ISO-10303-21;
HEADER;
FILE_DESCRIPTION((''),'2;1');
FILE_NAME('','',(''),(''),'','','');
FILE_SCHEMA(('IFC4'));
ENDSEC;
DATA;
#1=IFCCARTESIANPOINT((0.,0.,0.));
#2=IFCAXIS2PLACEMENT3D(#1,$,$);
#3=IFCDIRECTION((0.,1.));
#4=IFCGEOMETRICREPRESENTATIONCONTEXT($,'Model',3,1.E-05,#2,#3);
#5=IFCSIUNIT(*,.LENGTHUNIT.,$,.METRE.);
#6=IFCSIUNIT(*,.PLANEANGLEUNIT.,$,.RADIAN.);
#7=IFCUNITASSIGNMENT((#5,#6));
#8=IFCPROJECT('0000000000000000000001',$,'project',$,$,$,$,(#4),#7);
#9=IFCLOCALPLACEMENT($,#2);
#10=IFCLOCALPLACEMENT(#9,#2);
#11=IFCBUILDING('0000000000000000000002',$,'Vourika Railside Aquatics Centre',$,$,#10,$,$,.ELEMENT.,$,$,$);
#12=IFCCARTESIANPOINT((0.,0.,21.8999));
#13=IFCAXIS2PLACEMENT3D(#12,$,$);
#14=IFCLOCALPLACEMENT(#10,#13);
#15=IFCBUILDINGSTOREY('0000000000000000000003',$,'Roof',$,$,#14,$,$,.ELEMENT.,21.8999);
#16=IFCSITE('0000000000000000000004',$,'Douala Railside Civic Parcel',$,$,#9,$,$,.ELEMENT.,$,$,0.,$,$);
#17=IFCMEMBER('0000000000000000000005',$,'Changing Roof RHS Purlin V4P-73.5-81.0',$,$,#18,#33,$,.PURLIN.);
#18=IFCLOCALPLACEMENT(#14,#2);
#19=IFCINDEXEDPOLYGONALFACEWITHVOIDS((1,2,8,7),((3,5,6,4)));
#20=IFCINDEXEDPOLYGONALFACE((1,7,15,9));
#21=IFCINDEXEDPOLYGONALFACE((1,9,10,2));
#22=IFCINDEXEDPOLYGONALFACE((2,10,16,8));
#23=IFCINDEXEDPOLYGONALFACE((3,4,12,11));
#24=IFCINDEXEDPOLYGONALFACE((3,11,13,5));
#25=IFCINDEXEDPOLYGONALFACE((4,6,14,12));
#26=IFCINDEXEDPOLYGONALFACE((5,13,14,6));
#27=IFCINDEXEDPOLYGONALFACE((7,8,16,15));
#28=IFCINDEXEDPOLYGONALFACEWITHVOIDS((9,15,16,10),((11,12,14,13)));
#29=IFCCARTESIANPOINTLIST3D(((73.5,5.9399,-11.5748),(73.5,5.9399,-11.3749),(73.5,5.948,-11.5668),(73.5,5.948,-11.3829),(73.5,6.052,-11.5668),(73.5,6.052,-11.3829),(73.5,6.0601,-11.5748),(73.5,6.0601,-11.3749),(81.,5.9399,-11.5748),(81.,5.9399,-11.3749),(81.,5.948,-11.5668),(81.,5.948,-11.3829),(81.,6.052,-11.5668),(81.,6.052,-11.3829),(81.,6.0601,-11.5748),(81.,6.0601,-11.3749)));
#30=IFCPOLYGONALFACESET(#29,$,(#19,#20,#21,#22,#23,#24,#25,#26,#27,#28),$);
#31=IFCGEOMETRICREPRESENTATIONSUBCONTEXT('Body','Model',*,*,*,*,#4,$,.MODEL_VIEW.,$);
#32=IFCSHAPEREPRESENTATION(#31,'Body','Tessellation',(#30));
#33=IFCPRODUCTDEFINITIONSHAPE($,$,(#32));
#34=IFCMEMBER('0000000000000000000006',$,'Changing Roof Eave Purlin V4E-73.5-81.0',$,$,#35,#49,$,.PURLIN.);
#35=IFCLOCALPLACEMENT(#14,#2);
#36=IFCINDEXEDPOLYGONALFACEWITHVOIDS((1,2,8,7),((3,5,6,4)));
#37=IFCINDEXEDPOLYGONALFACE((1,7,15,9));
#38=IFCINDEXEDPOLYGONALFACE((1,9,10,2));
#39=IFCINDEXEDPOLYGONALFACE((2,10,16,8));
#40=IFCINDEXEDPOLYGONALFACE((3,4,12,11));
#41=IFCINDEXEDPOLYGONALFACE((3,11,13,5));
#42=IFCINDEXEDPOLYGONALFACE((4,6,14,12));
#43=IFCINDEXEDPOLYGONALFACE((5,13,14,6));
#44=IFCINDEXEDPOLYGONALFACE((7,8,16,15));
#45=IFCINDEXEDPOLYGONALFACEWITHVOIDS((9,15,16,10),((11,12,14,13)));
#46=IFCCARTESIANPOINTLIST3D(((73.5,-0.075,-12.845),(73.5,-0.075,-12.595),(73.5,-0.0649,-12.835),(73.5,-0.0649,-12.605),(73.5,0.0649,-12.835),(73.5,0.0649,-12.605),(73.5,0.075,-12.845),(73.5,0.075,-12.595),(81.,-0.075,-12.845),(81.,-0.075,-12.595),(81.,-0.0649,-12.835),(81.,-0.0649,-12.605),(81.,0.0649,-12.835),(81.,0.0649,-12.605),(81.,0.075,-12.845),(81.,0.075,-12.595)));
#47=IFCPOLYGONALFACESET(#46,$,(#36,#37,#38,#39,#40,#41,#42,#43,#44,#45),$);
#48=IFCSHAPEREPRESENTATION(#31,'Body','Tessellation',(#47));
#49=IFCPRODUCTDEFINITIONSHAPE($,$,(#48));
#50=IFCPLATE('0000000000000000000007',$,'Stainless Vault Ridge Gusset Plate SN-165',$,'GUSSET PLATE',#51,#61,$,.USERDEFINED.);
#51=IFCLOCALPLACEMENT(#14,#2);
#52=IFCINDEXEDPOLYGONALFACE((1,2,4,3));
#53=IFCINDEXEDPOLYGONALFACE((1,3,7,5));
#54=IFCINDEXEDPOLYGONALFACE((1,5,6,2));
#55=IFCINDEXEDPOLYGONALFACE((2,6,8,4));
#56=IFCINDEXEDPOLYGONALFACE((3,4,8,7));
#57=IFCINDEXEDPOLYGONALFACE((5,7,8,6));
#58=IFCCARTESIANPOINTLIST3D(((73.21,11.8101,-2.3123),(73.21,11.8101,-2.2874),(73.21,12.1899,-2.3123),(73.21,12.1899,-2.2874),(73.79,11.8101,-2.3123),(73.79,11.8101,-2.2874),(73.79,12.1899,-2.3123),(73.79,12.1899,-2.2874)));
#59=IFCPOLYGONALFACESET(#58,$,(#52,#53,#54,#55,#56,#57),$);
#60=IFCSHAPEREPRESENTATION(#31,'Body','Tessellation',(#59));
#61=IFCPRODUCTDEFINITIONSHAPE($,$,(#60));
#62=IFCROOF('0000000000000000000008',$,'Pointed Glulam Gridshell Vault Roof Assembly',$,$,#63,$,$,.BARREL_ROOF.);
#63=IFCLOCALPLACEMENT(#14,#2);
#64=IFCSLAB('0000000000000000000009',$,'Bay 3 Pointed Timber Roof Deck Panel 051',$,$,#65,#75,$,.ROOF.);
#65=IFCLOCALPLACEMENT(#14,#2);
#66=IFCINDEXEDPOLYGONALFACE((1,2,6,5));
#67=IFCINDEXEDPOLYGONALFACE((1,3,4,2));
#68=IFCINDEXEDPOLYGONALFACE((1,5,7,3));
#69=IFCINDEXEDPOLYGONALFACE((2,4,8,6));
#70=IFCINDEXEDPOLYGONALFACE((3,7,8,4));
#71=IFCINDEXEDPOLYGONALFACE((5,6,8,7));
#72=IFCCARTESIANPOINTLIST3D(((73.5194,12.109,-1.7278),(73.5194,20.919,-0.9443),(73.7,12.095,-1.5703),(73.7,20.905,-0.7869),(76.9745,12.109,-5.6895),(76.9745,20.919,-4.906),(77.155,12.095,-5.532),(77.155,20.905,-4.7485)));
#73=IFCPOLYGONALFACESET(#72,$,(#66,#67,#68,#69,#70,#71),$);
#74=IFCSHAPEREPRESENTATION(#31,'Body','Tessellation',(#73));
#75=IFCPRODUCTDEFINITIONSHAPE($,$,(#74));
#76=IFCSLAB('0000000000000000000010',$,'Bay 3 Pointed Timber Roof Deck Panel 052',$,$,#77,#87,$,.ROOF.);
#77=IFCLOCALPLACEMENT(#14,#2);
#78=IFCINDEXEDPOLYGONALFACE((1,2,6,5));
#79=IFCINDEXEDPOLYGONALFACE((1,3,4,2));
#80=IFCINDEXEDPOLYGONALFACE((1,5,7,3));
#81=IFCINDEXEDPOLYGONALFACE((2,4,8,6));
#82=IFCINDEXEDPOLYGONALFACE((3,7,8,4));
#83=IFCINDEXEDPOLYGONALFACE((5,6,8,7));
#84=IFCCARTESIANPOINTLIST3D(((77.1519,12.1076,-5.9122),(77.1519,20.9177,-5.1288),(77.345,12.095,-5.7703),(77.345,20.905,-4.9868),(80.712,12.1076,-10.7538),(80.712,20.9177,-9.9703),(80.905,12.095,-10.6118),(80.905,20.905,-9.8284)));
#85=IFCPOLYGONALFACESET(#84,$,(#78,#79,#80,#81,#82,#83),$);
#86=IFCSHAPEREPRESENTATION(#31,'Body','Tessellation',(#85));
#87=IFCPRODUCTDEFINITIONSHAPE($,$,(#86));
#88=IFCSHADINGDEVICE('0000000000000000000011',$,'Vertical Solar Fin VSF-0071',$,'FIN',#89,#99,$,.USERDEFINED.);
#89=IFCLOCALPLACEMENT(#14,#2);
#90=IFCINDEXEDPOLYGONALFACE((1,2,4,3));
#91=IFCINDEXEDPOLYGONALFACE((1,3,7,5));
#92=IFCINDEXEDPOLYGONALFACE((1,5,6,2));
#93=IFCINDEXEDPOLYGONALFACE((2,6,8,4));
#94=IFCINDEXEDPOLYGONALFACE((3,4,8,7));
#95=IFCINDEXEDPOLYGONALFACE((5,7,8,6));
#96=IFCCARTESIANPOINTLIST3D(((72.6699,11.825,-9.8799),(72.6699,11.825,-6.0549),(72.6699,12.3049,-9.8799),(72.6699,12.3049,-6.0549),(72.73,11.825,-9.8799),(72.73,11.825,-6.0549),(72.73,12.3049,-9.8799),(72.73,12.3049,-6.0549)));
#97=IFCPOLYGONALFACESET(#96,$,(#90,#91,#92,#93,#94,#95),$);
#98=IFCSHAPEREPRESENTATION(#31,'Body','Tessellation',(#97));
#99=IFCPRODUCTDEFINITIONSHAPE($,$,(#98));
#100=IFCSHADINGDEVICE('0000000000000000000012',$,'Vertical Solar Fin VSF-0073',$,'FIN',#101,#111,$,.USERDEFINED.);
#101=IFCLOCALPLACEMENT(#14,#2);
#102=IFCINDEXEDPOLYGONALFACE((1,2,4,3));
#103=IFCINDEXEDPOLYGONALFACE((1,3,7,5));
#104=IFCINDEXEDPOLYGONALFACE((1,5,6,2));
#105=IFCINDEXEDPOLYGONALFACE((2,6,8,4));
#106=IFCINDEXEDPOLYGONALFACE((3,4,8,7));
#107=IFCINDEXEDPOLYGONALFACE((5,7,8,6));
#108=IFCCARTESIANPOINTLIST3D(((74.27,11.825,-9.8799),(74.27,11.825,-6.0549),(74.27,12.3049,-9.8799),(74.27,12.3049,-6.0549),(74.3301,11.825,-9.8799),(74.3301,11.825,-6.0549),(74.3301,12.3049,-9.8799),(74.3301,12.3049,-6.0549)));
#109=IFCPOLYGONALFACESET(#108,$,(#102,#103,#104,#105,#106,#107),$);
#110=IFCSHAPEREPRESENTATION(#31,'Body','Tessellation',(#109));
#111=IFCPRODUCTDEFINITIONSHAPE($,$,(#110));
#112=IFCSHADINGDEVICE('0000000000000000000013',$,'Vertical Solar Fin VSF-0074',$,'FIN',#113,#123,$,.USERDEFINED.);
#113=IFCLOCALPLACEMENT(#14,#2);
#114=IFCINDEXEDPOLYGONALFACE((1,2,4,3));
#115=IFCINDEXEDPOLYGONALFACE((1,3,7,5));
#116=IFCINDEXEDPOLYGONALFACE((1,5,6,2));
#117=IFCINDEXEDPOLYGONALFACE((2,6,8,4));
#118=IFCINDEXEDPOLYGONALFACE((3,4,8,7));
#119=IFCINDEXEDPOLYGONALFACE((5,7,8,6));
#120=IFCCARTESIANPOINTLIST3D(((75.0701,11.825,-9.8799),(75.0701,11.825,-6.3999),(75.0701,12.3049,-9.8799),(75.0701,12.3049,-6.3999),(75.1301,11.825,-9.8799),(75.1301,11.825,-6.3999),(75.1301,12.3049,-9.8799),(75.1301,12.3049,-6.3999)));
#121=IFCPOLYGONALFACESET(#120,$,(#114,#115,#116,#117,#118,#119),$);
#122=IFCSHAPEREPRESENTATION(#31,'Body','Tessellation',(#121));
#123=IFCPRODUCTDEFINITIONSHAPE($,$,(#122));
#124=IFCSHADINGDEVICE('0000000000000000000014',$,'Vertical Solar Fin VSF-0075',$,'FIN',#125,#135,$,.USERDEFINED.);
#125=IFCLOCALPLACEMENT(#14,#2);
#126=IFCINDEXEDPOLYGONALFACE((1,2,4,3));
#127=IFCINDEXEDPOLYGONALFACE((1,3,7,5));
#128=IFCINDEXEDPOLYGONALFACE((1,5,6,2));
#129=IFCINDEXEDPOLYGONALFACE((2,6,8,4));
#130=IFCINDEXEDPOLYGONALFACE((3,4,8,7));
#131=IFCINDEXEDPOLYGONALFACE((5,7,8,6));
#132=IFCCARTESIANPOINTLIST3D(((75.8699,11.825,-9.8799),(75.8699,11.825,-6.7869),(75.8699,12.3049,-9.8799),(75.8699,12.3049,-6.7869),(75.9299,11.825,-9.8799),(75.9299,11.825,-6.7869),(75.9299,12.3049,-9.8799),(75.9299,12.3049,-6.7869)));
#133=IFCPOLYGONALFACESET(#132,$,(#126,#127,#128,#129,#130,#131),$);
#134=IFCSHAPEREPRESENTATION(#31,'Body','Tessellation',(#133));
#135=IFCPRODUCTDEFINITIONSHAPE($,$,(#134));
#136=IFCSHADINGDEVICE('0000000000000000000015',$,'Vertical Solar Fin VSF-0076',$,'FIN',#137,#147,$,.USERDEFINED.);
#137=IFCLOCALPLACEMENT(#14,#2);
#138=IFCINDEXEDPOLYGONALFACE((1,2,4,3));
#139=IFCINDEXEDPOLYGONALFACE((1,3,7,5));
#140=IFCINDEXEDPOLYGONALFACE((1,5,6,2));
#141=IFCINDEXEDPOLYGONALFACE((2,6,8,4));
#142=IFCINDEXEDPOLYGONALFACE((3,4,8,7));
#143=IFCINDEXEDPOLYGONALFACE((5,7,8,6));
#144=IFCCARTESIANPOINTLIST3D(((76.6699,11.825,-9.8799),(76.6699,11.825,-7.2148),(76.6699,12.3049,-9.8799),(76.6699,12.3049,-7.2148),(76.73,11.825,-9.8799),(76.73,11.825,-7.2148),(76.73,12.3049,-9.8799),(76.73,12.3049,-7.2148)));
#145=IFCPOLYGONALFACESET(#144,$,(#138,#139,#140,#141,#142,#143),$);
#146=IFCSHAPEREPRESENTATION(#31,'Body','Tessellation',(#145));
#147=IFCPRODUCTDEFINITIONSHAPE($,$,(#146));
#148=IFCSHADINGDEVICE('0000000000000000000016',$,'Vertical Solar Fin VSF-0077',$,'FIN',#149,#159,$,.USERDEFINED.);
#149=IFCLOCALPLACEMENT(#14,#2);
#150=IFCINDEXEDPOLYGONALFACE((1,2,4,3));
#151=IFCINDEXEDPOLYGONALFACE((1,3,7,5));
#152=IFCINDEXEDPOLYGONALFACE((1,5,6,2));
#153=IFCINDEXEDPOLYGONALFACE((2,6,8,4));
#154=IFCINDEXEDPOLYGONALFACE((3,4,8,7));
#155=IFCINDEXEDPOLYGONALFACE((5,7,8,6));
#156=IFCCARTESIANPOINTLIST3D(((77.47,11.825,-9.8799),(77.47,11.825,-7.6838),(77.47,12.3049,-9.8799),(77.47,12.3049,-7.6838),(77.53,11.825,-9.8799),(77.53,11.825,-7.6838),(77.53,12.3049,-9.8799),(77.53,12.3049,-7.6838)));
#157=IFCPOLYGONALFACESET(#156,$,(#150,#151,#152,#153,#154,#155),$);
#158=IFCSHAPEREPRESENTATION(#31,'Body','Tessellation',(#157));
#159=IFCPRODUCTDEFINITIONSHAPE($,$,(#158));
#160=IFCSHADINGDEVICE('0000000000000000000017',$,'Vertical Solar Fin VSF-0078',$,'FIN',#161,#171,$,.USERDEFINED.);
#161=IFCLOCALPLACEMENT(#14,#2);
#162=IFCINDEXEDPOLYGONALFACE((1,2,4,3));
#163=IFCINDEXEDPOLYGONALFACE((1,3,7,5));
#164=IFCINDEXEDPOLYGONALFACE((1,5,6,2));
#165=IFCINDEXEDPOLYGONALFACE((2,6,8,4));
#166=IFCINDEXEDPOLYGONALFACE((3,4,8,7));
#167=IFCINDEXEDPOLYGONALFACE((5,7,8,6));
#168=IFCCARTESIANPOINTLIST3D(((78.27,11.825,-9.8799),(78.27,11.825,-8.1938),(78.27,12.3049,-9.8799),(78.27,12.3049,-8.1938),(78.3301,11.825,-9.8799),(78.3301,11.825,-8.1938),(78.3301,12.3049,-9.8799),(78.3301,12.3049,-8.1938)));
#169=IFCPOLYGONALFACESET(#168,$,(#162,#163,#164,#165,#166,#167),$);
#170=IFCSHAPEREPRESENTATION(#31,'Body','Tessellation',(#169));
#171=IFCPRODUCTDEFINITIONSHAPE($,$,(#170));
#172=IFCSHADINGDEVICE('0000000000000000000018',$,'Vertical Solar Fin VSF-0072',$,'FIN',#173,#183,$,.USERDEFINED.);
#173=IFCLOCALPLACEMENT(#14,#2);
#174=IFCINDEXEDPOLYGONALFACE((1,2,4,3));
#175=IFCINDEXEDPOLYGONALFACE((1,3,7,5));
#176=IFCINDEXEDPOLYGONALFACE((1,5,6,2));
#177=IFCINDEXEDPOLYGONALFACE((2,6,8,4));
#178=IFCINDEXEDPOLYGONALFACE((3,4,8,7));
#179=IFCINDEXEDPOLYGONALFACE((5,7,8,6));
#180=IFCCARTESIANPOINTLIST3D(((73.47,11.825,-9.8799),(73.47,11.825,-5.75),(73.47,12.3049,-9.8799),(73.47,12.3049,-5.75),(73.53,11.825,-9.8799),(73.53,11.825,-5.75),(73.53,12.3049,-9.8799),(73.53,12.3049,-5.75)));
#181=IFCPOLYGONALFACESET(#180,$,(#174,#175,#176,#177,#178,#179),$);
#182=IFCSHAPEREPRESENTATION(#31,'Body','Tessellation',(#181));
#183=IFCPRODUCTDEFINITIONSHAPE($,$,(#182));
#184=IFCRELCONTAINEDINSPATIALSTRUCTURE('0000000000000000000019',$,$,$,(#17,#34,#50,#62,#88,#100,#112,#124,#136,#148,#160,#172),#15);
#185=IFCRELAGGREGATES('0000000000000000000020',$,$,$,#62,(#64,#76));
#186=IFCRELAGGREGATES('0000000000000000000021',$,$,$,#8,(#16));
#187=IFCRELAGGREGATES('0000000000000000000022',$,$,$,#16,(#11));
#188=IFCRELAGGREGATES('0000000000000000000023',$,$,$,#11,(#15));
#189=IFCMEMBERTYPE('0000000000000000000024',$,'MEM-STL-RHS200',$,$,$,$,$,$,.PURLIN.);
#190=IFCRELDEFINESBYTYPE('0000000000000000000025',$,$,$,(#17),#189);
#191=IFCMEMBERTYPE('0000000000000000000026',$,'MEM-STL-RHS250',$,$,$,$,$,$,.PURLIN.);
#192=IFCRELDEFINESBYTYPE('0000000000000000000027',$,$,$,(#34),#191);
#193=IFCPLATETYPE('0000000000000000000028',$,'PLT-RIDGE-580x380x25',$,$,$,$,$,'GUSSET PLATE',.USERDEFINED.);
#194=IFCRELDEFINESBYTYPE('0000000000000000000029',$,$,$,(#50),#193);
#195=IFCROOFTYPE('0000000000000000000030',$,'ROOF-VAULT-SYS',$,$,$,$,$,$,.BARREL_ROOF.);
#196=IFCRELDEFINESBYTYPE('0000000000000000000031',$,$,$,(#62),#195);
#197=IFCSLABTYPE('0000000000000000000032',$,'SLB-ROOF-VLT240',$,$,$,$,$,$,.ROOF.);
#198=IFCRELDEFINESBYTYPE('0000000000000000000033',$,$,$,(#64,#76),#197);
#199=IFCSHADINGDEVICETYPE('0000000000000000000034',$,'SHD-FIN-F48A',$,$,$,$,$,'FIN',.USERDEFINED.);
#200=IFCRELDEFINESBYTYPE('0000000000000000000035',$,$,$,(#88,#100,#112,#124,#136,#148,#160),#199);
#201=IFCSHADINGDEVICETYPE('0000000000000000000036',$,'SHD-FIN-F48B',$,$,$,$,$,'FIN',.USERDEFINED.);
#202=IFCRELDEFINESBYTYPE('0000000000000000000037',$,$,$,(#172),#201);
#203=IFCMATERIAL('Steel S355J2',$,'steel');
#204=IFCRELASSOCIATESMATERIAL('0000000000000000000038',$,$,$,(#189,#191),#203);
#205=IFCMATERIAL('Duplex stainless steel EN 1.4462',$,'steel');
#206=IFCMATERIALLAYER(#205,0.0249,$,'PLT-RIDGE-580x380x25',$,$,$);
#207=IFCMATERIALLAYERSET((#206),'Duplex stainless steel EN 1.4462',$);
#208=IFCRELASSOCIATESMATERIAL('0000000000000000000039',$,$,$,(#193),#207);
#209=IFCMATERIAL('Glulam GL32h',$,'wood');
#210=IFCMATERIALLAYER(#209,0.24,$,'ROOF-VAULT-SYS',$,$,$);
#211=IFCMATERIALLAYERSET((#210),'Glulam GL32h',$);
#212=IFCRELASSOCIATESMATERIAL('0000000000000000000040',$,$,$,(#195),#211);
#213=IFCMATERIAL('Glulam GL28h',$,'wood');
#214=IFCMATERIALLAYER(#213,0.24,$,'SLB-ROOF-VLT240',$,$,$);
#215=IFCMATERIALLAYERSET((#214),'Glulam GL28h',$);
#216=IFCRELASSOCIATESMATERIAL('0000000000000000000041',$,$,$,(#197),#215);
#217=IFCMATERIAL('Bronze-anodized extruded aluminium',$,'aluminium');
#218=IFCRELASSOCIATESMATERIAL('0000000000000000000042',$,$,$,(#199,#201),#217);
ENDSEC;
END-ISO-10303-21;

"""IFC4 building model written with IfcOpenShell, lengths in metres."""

from ifc_helpers import new_model, si_unit, direction, frame, origin, origin_2d, place, context, subcontext, project, spatial, polyline, rectangle, hollow_rectangle, outline, extrude, material, layer, layer_set, material_profile, profile_set, type_object, element, aggregate, save


model = new_model("IFC4")

# Units and contexts
model_context = context("Model", 3, precision=1e-05, world=origin(), true_north=direction((0.0, 1.0)))
body_context = subcontext(model_context, "Body", "Model", "MODEL_VIEW")
ifc_project = project(units=[si_unit("LENGTHUNIT", "METRE"), si_unit("PLANEANGLEUNIT", "RADIAN")], contexts=[model_context])

# Site, building, storey
site_placement = place(None, origin())
site = spatial("IfcSite", under=ifc_project, at=site_placement, Name="Douala Railside Civic Parcel", CompositionType="ELEMENT", RefElevation=0.0)
building_placement = place(site_placement, origin())
building = spatial("IfcBuilding", under=site, at=building_placement, Name="Vourika Railside Aquatics Centre", CompositionType="ELEMENT")
storey_placement = place(building_placement, frame((0.0, 0.0, 21.8999)))
storey = spatial("IfcBuildingStorey", under=building, at=storey_placement, Name="Roof", CompositionType="ELEMENT", Elevation=21.8999)

# Shared definitions
ifc_material_1 = material(Name="Steel S355J2", Category="steel")

# Shared definitions
ifc_material_2 = material(Name="Glulam GL32h", Category="wood")

# Members
ifc_material_3 = material(Name="Glulam GL28h", Category="wood")
ifc_material_profile_1 = material_profile(ifc_material_1, hollow_rectangle(XDim=0.1201, YDim=0.2, WallThickness=0.0081, at=origin_2d()), Name="RHS 200x120x8")
ifc_profile_set_1 = profile_set([ifc_material_profile_1], Name="Steel S355J2")
member_type_1 = type_object("IfcMemberType", Name="MEM-STL-RHS200", PredefinedType="PURLIN", material=ifc_profile_set_1)
member_1_placement = place(storey_placement, frame((73.5, 6.0, -11.4749), z_axis=(1.0, 0.0, 0.0), x_axis=(0.0, 1.0, 0.0)))
element("IfcMember", 1, at=member_1_placement, inside=storey, type_object=member_type_1, Name="Changing Roof RHS Purlin V4P-73.5-81.0", PredefinedType="PURLIN", context=body_context, shape_type="SweptSolid", body=[
    extrude(hollow_rectangle(XDim=0.1201, YDim=0.2, WallThickness=0.0081, at=origin_2d()), origin(), (0.0, 0.0, 1.0), 7.5),
])
ifc_material_profile_2 = material_profile(ifc_material_1, hollow_rectangle(XDim=0.1499, YDim=0.25, WallThickness=0.01, at=origin_2d()), Name="RHS 250x150x10")
ifc_profile_set_2 = profile_set([ifc_material_profile_2], Name="Steel S355J2")
member_type_2 = type_object("IfcMemberType", Name="MEM-STL-RHS250", PredefinedType="PURLIN", material=ifc_profile_set_2)
member_2_placement = place(storey_placement, frame((73.5, 0.0, -12.72), z_axis=(1.0, 0.0, 0.0), x_axis=(0.0, 1.0, 0.0)))
element("IfcMember", 2, at=member_2_placement, inside=storey, type_object=member_type_2, Name="Changing Roof Eave Purlin V4E-73.5-81.0", PredefinedType="PURLIN", context=body_context, shape_type="SweptSolid", body=[
    extrude(hollow_rectangle(XDim=0.1499, YDim=0.25, WallThickness=0.01, at=origin_2d()), origin(), (0.0, 0.0, 1.0), 7.5),
])

# Plate
ifc_material_4 = material(Name="Duplex stainless steel EN 1.4462", Category="steel")
ifc_layer_1 = layer(ifc_material_4, 0.0249, Name="PLT-RIDGE-580x380x25")
ifc_layer_set_1 = layer_set([ifc_layer_1], Name="Duplex stainless steel EN 1.4462")
plate_type = type_object("IfcPlateType", Name="PLT-RIDGE-580x380x25", ElementType="GUSSET PLATE", PredefinedType="USERDEFINED", material=ifc_layer_set_1)
plate_placement = place(storey_placement, frame((73.5, 12.0, -2.3123), z_axis=(0.0, 0.0, 1.0), x_axis=(1.0, 0.0, 0.0)))
element("IfcPlate", 3, at=plate_placement, inside=storey, type_object=plate_type, Name="Stainless Vault Ridge Gusset Plate SN-165", ObjectType="GUSSET PLATE", PredefinedType="USERDEFINED", context=body_context, shape_type="SweptSolid", body=[
    extrude(rectangle(XDim=0.5801, YDim=0.3799, at=origin_2d()), origin(), (0.0, 0.0, 1.0), 0.0249),
])

# Roof, slabs
ifc_layer_2 = layer(ifc_material_2, 0.24, Name="ROOF-VAULT-SYS")
ifc_layer_set_2 = layer_set([ifc_layer_2], Name="Glulam GL32h")
roof_type = type_object("IfcRoofType", Name="ROOF-VAULT-SYS", PredefinedType="BARREL_ROOF", material=ifc_layer_set_2)
roof_placement = place(storey_placement, origin())
roof = element("IfcRoof", 4, at=roof_placement, inside=storey, type_object=roof_type, Name="Pointed Glulam Gridshell Vault Roof Assembly", PredefinedType="BARREL_ROOF")
ifc_layer_3 = layer(ifc_material_3, 0.24, Name="SLB-ROOF-VLT240")
ifc_layer_set_3 = layer_set([ifc_layer_3], Name="Glulam GL28h")
slab_type = type_object("IfcSlabType", Name="SLB-ROOF-VLT240", PredefinedType="ROOF", material=ifc_layer_set_3)
slab_1_placement = place(storey_placement, frame((73.7, 12.095, -1.5703), z_axis=(0.752365, -0.05835, 0.656157), x_axis=(0.657277, 0.0, -0.753649)))
slab_1 = element("IfcSlab", 5, at=slab_1_placement, type_object=slab_type, Name="Bay 3 Pointed Timber Roof Deck Panel 051", PredefinedType="ROOF", context=body_context, shape_type="SweptSolid", body=[
    extrude(outline(polyline([(0.0, 0.0), (5.2567, 0.0), (4.6662, 8.8251), (-0.5904, 8.8251), (0.0, 0.0)])), origin(), (0.0, 0.0, -1.0), 0.24),
])
slab_2_placement = place(storey_placement, frame((77.345, 12.095, -5.7703), z_axis=(0.804528, -0.052607, 0.59158), x_axis=(0.592401, 0.0, -0.805644)))
slab_2 = element("IfcSlab", 6, at=slab_2_placement, type_object=slab_type, Name="Bay 3 Pointed Timber Roof Deck Panel 052", PredefinedType="ROOF", context=body_context, shape_type="SweptSolid", body=[
    extrude(outline(polyline([(0.0, 0.0), (6.0095, 0.0), (5.3784, 8.8223), (-0.6312, 8.8223), (0.0, 0.0)])), origin(), (0.0, 0.0, -1.0), 0.24),
])
aggregate(roof, [slab_1, slab_2])

# Shading devices
ifc_material_5 = material(Name="Bronze-anodized extruded aluminium", Category="aluminium")
ifc_material_profile_3 = material_profile(ifc_material_5, rectangle(XDim=0.0601, YDim=0.48, at=origin_2d()), Name="ALU-FIN 60x480")
ifc_profile_set_3 = profile_set([ifc_material_profile_3], Name="Bronze-anodized extruded aluminium")
shading_device_type_1 = type_object("IfcShadingDeviceType", Name="SHD-FIN-F48A", ElementType="FIN", PredefinedType="USERDEFINED", material=ifc_profile_set_3)
for number, where, z_axis, x_axis, name in (
    (7, (72.7, 12.0649, -9.8799), (0.0, 0.0, 1.0), (-1.0, 0.0, 0.0), "Vertical Solar Fin VSF-0071"),
    (8, (74.3, 12.0649, -9.8799), (0.0, 0.0, 1.0), (-1.0, 0.0, 0.0), "Vertical Solar Fin VSF-0073"),
):
    element("IfcShadingDevice", number, at=place(storey_placement, frame(where, z_axis=z_axis, x_axis=x_axis)), inside=storey, type_object=shading_device_type_1, Name=name, ObjectType="FIN", PredefinedType="USERDEFINED", context=body_context, shape_type="SweptSolid", body=[
        extrude(rectangle(XDim=0.0601, YDim=0.48, at=origin_2d()), origin(), (0.0, 0.0, 1.0), 3.825),
    ])
shading_device_1_placement = place(storey_placement, frame((75.1001, 12.0649, -9.8799), z_axis=(0.0, 0.0, 1.0), x_axis=(-1.0, 0.0, 0.0)))
element("IfcShadingDevice", 9, at=shading_device_1_placement, inside=storey, type_object=shading_device_type_1, Name="Vertical Solar Fin VSF-0074", ObjectType="FIN", PredefinedType="USERDEFINED", context=body_context, shape_type="SweptSolid", body=[
    extrude(rectangle(XDim=0.0601, YDim=0.48, at=origin_2d()), origin(), (0.0, 0.0, 1.0), 3.48),
])
shading_device_2_placement = place(storey_placement, frame((75.8999, 12.0649, -9.8799), z_axis=(0.0, 0.0, 1.0), x_axis=(-1.0, 0.0, 0.0)))
element("IfcShadingDevice", 10, at=shading_device_2_placement, inside=storey, type_object=shading_device_type_1, Name="Vertical Solar Fin VSF-0075", ObjectType="FIN", PredefinedType="USERDEFINED", context=body_context, shape_type="SweptSolid", body=[
    extrude(rectangle(XDim=0.0601, YDim=0.48, at=origin_2d()), origin(), (0.0, 0.0, 1.0), 3.093),
])
shading_device_3_placement = place(storey_placement, frame((76.7, 12.0649, -9.8799), z_axis=(0.0, 0.0, 1.0), x_axis=(-1.0, 0.0, 0.0)))
element("IfcShadingDevice", 11, at=shading_device_3_placement, inside=storey, type_object=shading_device_type_1, Name="Vertical Solar Fin VSF-0076", ObjectType="FIN", PredefinedType="USERDEFINED", context=body_context, shape_type="SweptSolid", body=[
    extrude(rectangle(XDim=0.0601, YDim=0.48, at=origin_2d()), origin(), (0.0, 0.0, 1.0), 2.665),
])
shading_device_4_placement = place(storey_placement, frame((77.5, 12.0649, -9.8799), z_axis=(0.0, 0.0, 1.0), x_axis=(-1.0, 0.0, 0.0)))
element("IfcShadingDevice", 12, at=shading_device_4_placement, inside=storey, type_object=shading_device_type_1, Name="Vertical Solar Fin VSF-0077", ObjectType="FIN", PredefinedType="USERDEFINED", context=body_context, shape_type="SweptSolid", body=[
    extrude(rectangle(XDim=0.0601, YDim=0.48, at=origin_2d()), origin(), (0.0, 0.0, 1.0), 2.196),
])
shading_device_5_placement = place(storey_placement, frame((78.3, 12.0649, -9.8799), z_axis=(0.0, 0.0, 1.0), x_axis=(-1.0, 0.0, 0.0)))
element("IfcShadingDevice", 13, at=shading_device_5_placement, inside=storey, type_object=shading_device_type_1, Name="Vertical Solar Fin VSF-0078", ObjectType="FIN", PredefinedType="USERDEFINED", context=body_context, shape_type="SweptSolid", body=[
    extrude(rectangle(XDim=0.0601, YDim=0.48, at=origin_2d()), origin(), (0.0, 0.0, 1.0), 1.686),
])
ifc_material_profile_4 = material_profile(ifc_material_5, rectangle(XDim=0.0601, YDim=0.48, at=origin_2d()), Name="ALU-FIN 60x480")
ifc_profile_set_4 = profile_set([ifc_material_profile_4], Name="Bronze-anodized extruded aluminium")
shading_device_type_2 = type_object("IfcShadingDeviceType", Name="SHD-FIN-F48B", ElementType="FIN", PredefinedType="USERDEFINED", material=ifc_profile_set_4)
shading_device_6_placement = place(storey_placement, frame((73.5, 12.0649, -9.8799), z_axis=(0.0, 0.0, 1.0), x_axis=(-1.0, 0.0, 0.0)))
element("IfcShadingDevice", 14, at=shading_device_6_placement, inside=storey, type_object=shading_device_type_2, Name="Vertical Solar Fin VSF-0072", ObjectType="FIN", PredefinedType="USERDEFINED", context=body_context, shape_type="SweptSolid", body=[
    extrude(rectangle(XDim=0.0601, YDim=0.48, at=origin_2d()), origin(), (0.0, 0.0, 1.0), 4.1299),
])

save(model, "model.ifc")
